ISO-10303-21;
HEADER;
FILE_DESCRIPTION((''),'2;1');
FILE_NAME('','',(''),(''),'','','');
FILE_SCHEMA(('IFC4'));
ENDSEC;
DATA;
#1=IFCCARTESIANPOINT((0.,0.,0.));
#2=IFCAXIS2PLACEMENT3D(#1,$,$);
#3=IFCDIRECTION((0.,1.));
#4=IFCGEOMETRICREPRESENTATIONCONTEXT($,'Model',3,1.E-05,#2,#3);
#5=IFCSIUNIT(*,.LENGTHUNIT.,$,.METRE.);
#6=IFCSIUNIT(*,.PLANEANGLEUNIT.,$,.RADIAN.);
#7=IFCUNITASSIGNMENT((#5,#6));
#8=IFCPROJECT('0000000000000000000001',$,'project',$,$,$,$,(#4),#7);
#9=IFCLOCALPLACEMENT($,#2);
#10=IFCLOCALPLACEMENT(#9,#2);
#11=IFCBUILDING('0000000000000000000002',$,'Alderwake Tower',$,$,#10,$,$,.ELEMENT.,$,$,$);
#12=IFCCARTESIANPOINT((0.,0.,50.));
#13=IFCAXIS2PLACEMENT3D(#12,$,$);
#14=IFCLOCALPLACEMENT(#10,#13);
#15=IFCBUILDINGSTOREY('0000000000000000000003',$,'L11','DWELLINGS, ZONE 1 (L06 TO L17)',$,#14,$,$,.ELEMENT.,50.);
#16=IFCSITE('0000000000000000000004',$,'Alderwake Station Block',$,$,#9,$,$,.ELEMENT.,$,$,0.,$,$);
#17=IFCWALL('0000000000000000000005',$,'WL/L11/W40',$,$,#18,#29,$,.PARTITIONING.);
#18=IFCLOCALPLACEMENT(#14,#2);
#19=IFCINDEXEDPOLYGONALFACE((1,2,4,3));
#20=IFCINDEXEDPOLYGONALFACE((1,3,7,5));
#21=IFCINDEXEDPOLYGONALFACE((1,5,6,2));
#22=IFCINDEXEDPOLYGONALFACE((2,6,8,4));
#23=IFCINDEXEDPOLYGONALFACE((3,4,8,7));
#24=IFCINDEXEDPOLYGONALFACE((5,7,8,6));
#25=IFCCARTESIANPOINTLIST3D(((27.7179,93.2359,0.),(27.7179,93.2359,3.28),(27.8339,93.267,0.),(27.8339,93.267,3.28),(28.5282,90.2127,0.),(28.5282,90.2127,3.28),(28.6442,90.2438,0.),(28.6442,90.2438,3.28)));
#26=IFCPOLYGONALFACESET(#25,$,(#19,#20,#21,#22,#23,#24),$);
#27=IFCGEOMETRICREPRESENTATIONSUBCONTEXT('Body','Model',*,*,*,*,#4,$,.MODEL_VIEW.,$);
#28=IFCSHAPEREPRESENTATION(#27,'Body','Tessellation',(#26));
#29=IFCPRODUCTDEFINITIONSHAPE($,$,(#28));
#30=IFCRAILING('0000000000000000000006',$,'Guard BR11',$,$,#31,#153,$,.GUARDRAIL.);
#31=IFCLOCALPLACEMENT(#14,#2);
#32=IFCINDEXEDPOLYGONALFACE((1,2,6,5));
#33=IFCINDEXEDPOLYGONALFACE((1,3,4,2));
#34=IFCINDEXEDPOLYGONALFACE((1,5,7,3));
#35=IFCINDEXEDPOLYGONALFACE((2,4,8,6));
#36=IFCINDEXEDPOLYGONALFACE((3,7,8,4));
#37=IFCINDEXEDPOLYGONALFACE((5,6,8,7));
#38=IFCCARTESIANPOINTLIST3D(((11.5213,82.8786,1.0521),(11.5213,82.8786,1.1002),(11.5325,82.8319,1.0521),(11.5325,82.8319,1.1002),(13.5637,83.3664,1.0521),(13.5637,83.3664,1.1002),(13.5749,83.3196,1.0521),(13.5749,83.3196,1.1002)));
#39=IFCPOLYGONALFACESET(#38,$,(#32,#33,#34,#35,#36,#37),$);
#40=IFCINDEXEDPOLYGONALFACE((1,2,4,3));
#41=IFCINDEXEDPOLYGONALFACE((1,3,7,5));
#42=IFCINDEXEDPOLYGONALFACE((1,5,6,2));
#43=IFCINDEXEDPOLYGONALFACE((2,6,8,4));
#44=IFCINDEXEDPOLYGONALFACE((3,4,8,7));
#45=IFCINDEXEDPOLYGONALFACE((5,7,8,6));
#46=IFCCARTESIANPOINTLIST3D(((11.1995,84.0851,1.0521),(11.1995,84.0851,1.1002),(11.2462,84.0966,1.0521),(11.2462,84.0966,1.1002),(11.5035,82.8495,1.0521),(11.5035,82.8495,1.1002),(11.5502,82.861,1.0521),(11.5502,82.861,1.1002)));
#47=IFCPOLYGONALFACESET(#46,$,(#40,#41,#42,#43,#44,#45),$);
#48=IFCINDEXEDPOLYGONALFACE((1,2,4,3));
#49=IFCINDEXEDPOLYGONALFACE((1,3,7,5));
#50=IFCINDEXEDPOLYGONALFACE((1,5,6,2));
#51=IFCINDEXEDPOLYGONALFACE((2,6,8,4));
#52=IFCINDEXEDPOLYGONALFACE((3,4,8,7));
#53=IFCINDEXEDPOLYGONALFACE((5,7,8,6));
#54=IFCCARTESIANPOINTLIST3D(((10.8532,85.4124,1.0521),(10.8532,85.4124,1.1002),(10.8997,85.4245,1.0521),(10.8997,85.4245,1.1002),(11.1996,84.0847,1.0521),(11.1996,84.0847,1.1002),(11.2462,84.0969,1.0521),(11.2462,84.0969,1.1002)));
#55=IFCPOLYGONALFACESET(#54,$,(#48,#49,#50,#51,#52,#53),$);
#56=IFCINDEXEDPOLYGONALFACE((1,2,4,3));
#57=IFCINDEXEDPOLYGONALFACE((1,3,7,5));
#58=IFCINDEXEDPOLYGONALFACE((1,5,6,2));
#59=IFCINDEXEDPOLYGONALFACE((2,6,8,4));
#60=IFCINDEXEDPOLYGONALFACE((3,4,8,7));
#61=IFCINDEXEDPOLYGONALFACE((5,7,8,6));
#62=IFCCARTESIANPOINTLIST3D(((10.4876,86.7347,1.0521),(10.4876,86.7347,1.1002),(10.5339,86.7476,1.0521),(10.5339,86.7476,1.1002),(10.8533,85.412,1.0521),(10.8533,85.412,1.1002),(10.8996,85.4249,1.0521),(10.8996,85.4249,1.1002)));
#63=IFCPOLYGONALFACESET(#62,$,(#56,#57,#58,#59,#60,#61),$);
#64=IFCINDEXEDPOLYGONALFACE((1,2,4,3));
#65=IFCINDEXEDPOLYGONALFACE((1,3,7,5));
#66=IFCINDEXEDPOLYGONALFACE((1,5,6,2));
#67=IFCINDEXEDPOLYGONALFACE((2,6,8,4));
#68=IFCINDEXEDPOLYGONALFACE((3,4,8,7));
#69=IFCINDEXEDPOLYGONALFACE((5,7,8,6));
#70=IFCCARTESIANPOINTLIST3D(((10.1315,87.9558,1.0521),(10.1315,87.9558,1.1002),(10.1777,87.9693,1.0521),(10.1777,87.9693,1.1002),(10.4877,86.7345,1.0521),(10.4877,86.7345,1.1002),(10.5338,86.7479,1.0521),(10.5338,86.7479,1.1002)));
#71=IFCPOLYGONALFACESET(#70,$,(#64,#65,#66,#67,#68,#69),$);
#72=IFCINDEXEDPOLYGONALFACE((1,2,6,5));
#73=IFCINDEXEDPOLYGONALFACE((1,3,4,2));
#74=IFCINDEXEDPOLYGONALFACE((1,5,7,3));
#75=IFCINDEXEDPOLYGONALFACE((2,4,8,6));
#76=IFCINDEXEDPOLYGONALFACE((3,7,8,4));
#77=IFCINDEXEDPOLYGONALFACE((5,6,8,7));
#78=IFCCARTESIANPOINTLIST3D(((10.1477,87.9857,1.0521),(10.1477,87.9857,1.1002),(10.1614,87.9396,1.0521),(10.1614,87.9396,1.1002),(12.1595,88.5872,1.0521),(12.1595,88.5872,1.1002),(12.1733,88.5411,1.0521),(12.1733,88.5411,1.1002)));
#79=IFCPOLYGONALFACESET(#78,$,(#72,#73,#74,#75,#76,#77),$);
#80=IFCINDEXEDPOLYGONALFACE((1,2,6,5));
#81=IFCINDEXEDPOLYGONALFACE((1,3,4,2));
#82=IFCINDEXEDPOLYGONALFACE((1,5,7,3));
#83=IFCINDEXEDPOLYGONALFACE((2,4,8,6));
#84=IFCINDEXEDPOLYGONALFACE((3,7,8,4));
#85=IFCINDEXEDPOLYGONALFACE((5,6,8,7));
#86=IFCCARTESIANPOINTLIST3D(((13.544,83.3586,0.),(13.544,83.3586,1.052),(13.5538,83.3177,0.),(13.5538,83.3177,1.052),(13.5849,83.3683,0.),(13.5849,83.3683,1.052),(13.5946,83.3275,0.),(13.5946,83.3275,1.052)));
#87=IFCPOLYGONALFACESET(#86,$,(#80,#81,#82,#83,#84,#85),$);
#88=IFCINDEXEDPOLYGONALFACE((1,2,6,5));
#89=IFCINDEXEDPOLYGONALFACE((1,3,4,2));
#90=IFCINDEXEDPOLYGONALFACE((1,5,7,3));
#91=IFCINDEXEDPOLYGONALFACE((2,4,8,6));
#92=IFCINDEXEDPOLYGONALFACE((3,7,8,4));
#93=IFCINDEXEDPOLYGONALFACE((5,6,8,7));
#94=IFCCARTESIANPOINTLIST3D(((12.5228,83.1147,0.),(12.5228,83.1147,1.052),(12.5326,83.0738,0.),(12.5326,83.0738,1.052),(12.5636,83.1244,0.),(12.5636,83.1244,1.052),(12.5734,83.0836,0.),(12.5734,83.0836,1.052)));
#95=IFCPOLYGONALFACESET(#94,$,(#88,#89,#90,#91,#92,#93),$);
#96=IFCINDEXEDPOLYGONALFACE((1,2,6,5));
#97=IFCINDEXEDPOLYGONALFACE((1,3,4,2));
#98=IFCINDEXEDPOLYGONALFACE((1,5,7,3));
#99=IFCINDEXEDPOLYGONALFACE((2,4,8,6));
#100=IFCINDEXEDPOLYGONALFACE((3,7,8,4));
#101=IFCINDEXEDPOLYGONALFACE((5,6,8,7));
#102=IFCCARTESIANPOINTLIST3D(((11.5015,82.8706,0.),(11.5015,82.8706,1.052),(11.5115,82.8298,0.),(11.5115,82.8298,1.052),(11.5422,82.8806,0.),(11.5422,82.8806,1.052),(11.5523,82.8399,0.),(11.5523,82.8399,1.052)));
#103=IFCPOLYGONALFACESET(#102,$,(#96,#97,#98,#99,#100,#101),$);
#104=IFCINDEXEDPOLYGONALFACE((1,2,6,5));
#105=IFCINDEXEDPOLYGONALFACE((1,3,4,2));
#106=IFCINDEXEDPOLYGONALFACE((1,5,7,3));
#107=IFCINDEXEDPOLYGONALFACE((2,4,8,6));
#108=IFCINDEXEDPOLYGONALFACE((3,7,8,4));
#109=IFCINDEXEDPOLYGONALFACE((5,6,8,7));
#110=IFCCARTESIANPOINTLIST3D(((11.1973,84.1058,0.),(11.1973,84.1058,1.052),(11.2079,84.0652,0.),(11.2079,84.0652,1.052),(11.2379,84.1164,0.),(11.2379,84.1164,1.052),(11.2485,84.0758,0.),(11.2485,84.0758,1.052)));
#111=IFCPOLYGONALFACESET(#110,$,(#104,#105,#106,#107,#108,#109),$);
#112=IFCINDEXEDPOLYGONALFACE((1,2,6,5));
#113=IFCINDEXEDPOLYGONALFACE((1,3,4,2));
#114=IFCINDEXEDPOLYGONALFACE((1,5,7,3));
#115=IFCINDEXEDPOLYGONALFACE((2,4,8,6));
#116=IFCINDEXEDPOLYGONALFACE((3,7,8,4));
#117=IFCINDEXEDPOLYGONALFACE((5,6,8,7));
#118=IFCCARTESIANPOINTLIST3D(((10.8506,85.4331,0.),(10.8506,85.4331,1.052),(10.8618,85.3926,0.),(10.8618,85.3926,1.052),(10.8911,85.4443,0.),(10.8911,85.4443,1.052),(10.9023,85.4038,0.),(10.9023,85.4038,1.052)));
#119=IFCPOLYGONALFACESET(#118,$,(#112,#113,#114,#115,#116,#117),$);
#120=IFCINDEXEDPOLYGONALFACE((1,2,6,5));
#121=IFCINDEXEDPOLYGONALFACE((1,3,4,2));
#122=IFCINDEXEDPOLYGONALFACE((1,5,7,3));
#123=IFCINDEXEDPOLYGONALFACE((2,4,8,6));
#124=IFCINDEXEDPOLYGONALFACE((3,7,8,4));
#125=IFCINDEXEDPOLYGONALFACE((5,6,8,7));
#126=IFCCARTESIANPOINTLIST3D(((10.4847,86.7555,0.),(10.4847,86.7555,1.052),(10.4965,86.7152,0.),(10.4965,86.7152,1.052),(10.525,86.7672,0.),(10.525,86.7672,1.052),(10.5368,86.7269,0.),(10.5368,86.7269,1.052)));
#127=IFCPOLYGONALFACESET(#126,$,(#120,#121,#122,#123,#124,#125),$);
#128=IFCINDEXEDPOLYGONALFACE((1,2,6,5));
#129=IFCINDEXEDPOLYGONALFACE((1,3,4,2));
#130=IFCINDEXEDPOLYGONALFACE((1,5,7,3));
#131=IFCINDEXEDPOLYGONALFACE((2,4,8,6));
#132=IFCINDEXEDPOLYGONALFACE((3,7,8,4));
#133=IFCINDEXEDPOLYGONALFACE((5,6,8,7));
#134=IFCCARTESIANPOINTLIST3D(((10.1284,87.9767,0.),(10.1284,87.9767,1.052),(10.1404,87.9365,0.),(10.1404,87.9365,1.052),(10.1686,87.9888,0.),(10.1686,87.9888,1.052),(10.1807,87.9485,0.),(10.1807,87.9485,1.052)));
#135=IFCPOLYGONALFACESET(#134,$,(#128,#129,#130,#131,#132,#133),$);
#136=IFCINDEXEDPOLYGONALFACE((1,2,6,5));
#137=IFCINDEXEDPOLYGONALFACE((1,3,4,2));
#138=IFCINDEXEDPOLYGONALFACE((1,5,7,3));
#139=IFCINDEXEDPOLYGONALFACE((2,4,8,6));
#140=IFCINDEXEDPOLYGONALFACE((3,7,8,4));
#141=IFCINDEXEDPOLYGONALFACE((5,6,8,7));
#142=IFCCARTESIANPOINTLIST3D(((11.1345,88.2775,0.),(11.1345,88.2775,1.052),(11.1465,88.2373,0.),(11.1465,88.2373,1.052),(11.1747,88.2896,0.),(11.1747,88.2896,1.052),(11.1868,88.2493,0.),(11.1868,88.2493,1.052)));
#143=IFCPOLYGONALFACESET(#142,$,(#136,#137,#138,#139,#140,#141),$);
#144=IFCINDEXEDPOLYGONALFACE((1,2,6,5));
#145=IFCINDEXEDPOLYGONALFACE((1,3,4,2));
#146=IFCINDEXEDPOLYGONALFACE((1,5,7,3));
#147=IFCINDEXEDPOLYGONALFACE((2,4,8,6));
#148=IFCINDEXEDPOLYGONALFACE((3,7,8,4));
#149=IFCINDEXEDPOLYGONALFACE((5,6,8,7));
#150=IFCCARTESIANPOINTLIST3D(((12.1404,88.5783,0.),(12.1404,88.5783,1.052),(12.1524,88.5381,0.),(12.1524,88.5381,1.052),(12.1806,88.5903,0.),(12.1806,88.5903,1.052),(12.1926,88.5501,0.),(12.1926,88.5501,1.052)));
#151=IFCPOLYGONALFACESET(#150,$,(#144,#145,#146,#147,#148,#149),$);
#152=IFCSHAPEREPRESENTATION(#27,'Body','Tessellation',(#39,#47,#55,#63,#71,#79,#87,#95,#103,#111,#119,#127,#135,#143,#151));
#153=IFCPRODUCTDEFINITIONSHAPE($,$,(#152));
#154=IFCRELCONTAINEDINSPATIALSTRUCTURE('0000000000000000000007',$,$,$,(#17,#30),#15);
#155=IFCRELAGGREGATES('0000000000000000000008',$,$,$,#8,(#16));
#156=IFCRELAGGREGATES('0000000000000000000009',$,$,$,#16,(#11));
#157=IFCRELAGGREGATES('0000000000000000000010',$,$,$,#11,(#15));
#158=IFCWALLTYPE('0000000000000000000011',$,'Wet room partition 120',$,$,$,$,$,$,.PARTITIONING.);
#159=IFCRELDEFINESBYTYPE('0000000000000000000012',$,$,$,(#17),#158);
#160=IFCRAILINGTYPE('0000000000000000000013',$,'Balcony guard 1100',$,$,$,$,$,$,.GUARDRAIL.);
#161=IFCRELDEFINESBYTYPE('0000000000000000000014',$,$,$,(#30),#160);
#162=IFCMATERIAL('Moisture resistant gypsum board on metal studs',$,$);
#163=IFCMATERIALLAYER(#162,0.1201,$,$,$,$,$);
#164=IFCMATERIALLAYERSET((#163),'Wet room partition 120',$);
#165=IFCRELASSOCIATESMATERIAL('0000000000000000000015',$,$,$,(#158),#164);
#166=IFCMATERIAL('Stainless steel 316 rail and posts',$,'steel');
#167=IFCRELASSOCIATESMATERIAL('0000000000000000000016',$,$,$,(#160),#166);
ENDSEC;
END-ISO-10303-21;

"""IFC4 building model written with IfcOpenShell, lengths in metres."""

from ifc_helpers import new_model, si_unit, direction, frame, frame_2d, origin, origin_2d, place, context, subcontext, project, spatial, rectangle, extrude, material, layer, layer_set, type_object, element, save


model = new_model("IFC4")

# Units and contexts
model_context = context("Model", 3, precision=1e-05, world=origin(), true_north=direction((0.0, 1.0)))
body_context = subcontext(model_context, "Body", "Model", "MODEL_VIEW")
ifc_project = project(units=[si_unit("LENGTHUNIT", "METRE"), si_unit("PLANEANGLEUNIT", "RADIAN")], contexts=[model_context])

# Site, building, storey
site_placement = place(None, origin())
site = spatial("IfcSite", under=ifc_project, at=site_placement, Name="Alderwake Station Block", CompositionType="ELEMENT", RefElevation=0.0)
building_placement = place(site_placement, origin())
building = spatial("IfcBuilding", under=site, at=building_placement, Name="Alderwake Tower", CompositionType="ELEMENT")
storey_placement = place(building_placement, frame((0.0, 0.0, 50.0)))
storey = spatial("IfcBuildingStorey", under=building, at=storey_placement, Name="L11", Description="DWELLINGS, ZONE 1 (L06 TO L17)", CompositionType="ELEMENT", Elevation=50.0)

# Wall
ifc_material_1 = material(Name="Moisture resistant gypsum board on metal studs")
ifc_layer_1 = layer(ifc_material_1, 0.1201)
ifc_layer_set_1 = layer_set([ifc_layer_1], Name="Wet room partition 120")
wall_type_1 = type_object("IfcWallType", Name="Wet room partition 120", PredefinedType="PARTITIONING", material=ifc_layer_set_1)
wall_1_placement = place(storey_placement, frame((27.7759, 93.2515, 0.0), z_axis=(0.0, 0.0, 1.0), x_axis=(0.258891, -0.965907, 0.0)))
element("IfcWall", 1, at=wall_1_placement, inside=storey, type_object=wall_type_1, Name="WL/L11/W40", PredefinedType="PARTITIONING", context=body_context, shape_type="SweptSolid", body=[
    extrude(rectangle(XDim=3.1299, YDim=0.1201, at=frame_2d((1.5649, 0.0))), origin(), (0.0, 0.0, 1.0), 3.28),
])

# Railing
ifc_material_2 = material(Name="Stainless steel 316 rail and posts", Category="steel")
railing_type = type_object("IfcRailingType", Name="Balcony guard 1100", PredefinedType="GUARDRAIL", material=ifc_material_2)
railing_1_placement = place(storey_placement, frame((13.5693, 83.343, 0.0)))
element("IfcRailing", 2, at=railing_1_placement, inside=storey, type_object=railing_type, Name="Guard BR11", PredefinedType="GUARDRAIL", context=body_context, shape_type="SweptSolid", body=[
    extrude(rectangle(XDim=0.0481, YDim=0.0481, at=origin_2d()), frame((0.0, 0.0, 1.0762), z_axis=(-0.972646, -0.232291, 0.0), x_axis=(0.232291, -0.972646, 0.0)), (0.0, 0.0, 1.0), 2.0999),
    extrude(rectangle(XDim=0.0481, YDim=0.0481, at=origin_2d()), frame((-2.0425, -0.4878, 1.0762), z_axis=(-0.238877, 0.97105, 0.0), x_axis=(-0.97105, -0.238877, 0.0)), (0.0, 0.0, 1.0), 1.2725),
    extrude(rectangle(XDim=0.0481, YDim=0.0481, at=origin_2d()), frame((-2.3464, 0.7478, 1.0762), z_axis=(-0.252487, 0.9676, 0.0), x_axis=(-0.9676, -0.252487, 0.0)), (0.0, 0.0, 1.0), 1.3721),
    extrude(rectangle(XDim=0.0481, YDim=0.0481, at=origin_2d()), frame((-2.6929, 2.0754, 1.0762), z_axis=(-0.266488, 0.963838, 0.0), x_axis=(-0.963838, -0.266488, 0.0)), (0.0, 0.0, 1.0), 1.3723),
    extrude(rectangle(XDim=0.0481, YDim=0.0481, at=origin_2d()), frame((-3.0586, 3.3982, 1.0762), z_axis=(-0.279963, 0.960011, 0.0), x_axis=(-0.960011, -0.279963, 0.0)), (0.0, 0.0, 1.0), 1.2722),
    extrude(rectangle(XDim=0.0481, YDim=0.0481, at=origin_2d()), frame((-3.4148, 4.6196, 1.0762), z_axis=(0.958091, 0.286462, 0.0), x_axis=(-0.286462, 0.958091, 0.0)), (0.0, 0.0, 1.0), 2.0999),
    extrude(rectangle(XDim=0.042, YDim=0.042, at=origin_2d()), frame((0.0, 0.0, 0.0), z_axis=(0.0, 0.0, 1.0), x_axis=(-0.972646, -0.232291, 0.0)), (0.0, 0.0, 1.0), 1.052),
    extrude(rectangle(XDim=0.042, YDim=0.042, at=origin_2d()), frame((-1.0212, -0.2439, 0.0), z_axis=(0.0, 0.0, 1.0), x_axis=(-0.972646, -0.232291, 0.0)), (0.0, 0.0, 1.0), 1.052),
    extrude(rectangle(XDim=0.042, YDim=0.042, at=origin_2d()), frame((-2.0425, -0.4878, 0.0), z_axis=(0.0, 0.0, 1.0), x_axis=(-0.238877, 0.97105, 0.0)), (0.0, 0.0, 1.0), 1.052),
    extrude(rectangle(XDim=0.042, YDim=0.042, at=origin_2d()), frame((-2.3464, 0.7478, 0.0), z_axis=(0.0, 0.0, 1.0), x_axis=(-0.252487, 0.9676, 0.0)), (0.0, 0.0, 1.0), 1.052),
    extrude(rectangle(XDim=0.042, YDim=0.042, at=origin_2d()), frame((-2.6929, 2.0754, 0.0), z_axis=(0.0, 0.0, 1.0), x_axis=(-0.266488, 0.963838, 0.0)), (0.0, 0.0, 1.0), 1.052),
    extrude(rectangle(XDim=0.042, YDim=0.042, at=origin_2d()), frame((-3.0586, 3.3982, 0.0), z_axis=(0.0, 0.0, 1.0), x_axis=(-0.279963, 0.960011, 0.0)), (0.0, 0.0, 1.0), 1.052),
    extrude(rectangle(XDim=0.042, YDim=0.042, at=origin_2d()), frame((-3.4148, 4.6196, 0.0), z_axis=(0.0, 0.0, 1.0), x_axis=(0.958091, 0.286462, 0.0)), (0.0, 0.0, 1.0), 1.052),
    extrude(rectangle(XDim=0.042, YDim=0.042, at=origin_2d()), frame((-2.4087, 4.9204, 0.0), z_axis=(0.0, 0.0, 1.0), x_axis=(0.958091, 0.286462, 0.0)), (0.0, 0.0, 1.0), 1.052),
    extrude(rectangle(XDim=0.042, YDim=0.042, at=origin_2d()), frame((-1.4028, 5.2212, 0.0), z_axis=(0.0, 0.0, 1.0), x_axis=(0.958091, 0.286462, 0.0)), (0.0, 0.0, 1.0), 1.052),
])

save(model, "model.ifc")
